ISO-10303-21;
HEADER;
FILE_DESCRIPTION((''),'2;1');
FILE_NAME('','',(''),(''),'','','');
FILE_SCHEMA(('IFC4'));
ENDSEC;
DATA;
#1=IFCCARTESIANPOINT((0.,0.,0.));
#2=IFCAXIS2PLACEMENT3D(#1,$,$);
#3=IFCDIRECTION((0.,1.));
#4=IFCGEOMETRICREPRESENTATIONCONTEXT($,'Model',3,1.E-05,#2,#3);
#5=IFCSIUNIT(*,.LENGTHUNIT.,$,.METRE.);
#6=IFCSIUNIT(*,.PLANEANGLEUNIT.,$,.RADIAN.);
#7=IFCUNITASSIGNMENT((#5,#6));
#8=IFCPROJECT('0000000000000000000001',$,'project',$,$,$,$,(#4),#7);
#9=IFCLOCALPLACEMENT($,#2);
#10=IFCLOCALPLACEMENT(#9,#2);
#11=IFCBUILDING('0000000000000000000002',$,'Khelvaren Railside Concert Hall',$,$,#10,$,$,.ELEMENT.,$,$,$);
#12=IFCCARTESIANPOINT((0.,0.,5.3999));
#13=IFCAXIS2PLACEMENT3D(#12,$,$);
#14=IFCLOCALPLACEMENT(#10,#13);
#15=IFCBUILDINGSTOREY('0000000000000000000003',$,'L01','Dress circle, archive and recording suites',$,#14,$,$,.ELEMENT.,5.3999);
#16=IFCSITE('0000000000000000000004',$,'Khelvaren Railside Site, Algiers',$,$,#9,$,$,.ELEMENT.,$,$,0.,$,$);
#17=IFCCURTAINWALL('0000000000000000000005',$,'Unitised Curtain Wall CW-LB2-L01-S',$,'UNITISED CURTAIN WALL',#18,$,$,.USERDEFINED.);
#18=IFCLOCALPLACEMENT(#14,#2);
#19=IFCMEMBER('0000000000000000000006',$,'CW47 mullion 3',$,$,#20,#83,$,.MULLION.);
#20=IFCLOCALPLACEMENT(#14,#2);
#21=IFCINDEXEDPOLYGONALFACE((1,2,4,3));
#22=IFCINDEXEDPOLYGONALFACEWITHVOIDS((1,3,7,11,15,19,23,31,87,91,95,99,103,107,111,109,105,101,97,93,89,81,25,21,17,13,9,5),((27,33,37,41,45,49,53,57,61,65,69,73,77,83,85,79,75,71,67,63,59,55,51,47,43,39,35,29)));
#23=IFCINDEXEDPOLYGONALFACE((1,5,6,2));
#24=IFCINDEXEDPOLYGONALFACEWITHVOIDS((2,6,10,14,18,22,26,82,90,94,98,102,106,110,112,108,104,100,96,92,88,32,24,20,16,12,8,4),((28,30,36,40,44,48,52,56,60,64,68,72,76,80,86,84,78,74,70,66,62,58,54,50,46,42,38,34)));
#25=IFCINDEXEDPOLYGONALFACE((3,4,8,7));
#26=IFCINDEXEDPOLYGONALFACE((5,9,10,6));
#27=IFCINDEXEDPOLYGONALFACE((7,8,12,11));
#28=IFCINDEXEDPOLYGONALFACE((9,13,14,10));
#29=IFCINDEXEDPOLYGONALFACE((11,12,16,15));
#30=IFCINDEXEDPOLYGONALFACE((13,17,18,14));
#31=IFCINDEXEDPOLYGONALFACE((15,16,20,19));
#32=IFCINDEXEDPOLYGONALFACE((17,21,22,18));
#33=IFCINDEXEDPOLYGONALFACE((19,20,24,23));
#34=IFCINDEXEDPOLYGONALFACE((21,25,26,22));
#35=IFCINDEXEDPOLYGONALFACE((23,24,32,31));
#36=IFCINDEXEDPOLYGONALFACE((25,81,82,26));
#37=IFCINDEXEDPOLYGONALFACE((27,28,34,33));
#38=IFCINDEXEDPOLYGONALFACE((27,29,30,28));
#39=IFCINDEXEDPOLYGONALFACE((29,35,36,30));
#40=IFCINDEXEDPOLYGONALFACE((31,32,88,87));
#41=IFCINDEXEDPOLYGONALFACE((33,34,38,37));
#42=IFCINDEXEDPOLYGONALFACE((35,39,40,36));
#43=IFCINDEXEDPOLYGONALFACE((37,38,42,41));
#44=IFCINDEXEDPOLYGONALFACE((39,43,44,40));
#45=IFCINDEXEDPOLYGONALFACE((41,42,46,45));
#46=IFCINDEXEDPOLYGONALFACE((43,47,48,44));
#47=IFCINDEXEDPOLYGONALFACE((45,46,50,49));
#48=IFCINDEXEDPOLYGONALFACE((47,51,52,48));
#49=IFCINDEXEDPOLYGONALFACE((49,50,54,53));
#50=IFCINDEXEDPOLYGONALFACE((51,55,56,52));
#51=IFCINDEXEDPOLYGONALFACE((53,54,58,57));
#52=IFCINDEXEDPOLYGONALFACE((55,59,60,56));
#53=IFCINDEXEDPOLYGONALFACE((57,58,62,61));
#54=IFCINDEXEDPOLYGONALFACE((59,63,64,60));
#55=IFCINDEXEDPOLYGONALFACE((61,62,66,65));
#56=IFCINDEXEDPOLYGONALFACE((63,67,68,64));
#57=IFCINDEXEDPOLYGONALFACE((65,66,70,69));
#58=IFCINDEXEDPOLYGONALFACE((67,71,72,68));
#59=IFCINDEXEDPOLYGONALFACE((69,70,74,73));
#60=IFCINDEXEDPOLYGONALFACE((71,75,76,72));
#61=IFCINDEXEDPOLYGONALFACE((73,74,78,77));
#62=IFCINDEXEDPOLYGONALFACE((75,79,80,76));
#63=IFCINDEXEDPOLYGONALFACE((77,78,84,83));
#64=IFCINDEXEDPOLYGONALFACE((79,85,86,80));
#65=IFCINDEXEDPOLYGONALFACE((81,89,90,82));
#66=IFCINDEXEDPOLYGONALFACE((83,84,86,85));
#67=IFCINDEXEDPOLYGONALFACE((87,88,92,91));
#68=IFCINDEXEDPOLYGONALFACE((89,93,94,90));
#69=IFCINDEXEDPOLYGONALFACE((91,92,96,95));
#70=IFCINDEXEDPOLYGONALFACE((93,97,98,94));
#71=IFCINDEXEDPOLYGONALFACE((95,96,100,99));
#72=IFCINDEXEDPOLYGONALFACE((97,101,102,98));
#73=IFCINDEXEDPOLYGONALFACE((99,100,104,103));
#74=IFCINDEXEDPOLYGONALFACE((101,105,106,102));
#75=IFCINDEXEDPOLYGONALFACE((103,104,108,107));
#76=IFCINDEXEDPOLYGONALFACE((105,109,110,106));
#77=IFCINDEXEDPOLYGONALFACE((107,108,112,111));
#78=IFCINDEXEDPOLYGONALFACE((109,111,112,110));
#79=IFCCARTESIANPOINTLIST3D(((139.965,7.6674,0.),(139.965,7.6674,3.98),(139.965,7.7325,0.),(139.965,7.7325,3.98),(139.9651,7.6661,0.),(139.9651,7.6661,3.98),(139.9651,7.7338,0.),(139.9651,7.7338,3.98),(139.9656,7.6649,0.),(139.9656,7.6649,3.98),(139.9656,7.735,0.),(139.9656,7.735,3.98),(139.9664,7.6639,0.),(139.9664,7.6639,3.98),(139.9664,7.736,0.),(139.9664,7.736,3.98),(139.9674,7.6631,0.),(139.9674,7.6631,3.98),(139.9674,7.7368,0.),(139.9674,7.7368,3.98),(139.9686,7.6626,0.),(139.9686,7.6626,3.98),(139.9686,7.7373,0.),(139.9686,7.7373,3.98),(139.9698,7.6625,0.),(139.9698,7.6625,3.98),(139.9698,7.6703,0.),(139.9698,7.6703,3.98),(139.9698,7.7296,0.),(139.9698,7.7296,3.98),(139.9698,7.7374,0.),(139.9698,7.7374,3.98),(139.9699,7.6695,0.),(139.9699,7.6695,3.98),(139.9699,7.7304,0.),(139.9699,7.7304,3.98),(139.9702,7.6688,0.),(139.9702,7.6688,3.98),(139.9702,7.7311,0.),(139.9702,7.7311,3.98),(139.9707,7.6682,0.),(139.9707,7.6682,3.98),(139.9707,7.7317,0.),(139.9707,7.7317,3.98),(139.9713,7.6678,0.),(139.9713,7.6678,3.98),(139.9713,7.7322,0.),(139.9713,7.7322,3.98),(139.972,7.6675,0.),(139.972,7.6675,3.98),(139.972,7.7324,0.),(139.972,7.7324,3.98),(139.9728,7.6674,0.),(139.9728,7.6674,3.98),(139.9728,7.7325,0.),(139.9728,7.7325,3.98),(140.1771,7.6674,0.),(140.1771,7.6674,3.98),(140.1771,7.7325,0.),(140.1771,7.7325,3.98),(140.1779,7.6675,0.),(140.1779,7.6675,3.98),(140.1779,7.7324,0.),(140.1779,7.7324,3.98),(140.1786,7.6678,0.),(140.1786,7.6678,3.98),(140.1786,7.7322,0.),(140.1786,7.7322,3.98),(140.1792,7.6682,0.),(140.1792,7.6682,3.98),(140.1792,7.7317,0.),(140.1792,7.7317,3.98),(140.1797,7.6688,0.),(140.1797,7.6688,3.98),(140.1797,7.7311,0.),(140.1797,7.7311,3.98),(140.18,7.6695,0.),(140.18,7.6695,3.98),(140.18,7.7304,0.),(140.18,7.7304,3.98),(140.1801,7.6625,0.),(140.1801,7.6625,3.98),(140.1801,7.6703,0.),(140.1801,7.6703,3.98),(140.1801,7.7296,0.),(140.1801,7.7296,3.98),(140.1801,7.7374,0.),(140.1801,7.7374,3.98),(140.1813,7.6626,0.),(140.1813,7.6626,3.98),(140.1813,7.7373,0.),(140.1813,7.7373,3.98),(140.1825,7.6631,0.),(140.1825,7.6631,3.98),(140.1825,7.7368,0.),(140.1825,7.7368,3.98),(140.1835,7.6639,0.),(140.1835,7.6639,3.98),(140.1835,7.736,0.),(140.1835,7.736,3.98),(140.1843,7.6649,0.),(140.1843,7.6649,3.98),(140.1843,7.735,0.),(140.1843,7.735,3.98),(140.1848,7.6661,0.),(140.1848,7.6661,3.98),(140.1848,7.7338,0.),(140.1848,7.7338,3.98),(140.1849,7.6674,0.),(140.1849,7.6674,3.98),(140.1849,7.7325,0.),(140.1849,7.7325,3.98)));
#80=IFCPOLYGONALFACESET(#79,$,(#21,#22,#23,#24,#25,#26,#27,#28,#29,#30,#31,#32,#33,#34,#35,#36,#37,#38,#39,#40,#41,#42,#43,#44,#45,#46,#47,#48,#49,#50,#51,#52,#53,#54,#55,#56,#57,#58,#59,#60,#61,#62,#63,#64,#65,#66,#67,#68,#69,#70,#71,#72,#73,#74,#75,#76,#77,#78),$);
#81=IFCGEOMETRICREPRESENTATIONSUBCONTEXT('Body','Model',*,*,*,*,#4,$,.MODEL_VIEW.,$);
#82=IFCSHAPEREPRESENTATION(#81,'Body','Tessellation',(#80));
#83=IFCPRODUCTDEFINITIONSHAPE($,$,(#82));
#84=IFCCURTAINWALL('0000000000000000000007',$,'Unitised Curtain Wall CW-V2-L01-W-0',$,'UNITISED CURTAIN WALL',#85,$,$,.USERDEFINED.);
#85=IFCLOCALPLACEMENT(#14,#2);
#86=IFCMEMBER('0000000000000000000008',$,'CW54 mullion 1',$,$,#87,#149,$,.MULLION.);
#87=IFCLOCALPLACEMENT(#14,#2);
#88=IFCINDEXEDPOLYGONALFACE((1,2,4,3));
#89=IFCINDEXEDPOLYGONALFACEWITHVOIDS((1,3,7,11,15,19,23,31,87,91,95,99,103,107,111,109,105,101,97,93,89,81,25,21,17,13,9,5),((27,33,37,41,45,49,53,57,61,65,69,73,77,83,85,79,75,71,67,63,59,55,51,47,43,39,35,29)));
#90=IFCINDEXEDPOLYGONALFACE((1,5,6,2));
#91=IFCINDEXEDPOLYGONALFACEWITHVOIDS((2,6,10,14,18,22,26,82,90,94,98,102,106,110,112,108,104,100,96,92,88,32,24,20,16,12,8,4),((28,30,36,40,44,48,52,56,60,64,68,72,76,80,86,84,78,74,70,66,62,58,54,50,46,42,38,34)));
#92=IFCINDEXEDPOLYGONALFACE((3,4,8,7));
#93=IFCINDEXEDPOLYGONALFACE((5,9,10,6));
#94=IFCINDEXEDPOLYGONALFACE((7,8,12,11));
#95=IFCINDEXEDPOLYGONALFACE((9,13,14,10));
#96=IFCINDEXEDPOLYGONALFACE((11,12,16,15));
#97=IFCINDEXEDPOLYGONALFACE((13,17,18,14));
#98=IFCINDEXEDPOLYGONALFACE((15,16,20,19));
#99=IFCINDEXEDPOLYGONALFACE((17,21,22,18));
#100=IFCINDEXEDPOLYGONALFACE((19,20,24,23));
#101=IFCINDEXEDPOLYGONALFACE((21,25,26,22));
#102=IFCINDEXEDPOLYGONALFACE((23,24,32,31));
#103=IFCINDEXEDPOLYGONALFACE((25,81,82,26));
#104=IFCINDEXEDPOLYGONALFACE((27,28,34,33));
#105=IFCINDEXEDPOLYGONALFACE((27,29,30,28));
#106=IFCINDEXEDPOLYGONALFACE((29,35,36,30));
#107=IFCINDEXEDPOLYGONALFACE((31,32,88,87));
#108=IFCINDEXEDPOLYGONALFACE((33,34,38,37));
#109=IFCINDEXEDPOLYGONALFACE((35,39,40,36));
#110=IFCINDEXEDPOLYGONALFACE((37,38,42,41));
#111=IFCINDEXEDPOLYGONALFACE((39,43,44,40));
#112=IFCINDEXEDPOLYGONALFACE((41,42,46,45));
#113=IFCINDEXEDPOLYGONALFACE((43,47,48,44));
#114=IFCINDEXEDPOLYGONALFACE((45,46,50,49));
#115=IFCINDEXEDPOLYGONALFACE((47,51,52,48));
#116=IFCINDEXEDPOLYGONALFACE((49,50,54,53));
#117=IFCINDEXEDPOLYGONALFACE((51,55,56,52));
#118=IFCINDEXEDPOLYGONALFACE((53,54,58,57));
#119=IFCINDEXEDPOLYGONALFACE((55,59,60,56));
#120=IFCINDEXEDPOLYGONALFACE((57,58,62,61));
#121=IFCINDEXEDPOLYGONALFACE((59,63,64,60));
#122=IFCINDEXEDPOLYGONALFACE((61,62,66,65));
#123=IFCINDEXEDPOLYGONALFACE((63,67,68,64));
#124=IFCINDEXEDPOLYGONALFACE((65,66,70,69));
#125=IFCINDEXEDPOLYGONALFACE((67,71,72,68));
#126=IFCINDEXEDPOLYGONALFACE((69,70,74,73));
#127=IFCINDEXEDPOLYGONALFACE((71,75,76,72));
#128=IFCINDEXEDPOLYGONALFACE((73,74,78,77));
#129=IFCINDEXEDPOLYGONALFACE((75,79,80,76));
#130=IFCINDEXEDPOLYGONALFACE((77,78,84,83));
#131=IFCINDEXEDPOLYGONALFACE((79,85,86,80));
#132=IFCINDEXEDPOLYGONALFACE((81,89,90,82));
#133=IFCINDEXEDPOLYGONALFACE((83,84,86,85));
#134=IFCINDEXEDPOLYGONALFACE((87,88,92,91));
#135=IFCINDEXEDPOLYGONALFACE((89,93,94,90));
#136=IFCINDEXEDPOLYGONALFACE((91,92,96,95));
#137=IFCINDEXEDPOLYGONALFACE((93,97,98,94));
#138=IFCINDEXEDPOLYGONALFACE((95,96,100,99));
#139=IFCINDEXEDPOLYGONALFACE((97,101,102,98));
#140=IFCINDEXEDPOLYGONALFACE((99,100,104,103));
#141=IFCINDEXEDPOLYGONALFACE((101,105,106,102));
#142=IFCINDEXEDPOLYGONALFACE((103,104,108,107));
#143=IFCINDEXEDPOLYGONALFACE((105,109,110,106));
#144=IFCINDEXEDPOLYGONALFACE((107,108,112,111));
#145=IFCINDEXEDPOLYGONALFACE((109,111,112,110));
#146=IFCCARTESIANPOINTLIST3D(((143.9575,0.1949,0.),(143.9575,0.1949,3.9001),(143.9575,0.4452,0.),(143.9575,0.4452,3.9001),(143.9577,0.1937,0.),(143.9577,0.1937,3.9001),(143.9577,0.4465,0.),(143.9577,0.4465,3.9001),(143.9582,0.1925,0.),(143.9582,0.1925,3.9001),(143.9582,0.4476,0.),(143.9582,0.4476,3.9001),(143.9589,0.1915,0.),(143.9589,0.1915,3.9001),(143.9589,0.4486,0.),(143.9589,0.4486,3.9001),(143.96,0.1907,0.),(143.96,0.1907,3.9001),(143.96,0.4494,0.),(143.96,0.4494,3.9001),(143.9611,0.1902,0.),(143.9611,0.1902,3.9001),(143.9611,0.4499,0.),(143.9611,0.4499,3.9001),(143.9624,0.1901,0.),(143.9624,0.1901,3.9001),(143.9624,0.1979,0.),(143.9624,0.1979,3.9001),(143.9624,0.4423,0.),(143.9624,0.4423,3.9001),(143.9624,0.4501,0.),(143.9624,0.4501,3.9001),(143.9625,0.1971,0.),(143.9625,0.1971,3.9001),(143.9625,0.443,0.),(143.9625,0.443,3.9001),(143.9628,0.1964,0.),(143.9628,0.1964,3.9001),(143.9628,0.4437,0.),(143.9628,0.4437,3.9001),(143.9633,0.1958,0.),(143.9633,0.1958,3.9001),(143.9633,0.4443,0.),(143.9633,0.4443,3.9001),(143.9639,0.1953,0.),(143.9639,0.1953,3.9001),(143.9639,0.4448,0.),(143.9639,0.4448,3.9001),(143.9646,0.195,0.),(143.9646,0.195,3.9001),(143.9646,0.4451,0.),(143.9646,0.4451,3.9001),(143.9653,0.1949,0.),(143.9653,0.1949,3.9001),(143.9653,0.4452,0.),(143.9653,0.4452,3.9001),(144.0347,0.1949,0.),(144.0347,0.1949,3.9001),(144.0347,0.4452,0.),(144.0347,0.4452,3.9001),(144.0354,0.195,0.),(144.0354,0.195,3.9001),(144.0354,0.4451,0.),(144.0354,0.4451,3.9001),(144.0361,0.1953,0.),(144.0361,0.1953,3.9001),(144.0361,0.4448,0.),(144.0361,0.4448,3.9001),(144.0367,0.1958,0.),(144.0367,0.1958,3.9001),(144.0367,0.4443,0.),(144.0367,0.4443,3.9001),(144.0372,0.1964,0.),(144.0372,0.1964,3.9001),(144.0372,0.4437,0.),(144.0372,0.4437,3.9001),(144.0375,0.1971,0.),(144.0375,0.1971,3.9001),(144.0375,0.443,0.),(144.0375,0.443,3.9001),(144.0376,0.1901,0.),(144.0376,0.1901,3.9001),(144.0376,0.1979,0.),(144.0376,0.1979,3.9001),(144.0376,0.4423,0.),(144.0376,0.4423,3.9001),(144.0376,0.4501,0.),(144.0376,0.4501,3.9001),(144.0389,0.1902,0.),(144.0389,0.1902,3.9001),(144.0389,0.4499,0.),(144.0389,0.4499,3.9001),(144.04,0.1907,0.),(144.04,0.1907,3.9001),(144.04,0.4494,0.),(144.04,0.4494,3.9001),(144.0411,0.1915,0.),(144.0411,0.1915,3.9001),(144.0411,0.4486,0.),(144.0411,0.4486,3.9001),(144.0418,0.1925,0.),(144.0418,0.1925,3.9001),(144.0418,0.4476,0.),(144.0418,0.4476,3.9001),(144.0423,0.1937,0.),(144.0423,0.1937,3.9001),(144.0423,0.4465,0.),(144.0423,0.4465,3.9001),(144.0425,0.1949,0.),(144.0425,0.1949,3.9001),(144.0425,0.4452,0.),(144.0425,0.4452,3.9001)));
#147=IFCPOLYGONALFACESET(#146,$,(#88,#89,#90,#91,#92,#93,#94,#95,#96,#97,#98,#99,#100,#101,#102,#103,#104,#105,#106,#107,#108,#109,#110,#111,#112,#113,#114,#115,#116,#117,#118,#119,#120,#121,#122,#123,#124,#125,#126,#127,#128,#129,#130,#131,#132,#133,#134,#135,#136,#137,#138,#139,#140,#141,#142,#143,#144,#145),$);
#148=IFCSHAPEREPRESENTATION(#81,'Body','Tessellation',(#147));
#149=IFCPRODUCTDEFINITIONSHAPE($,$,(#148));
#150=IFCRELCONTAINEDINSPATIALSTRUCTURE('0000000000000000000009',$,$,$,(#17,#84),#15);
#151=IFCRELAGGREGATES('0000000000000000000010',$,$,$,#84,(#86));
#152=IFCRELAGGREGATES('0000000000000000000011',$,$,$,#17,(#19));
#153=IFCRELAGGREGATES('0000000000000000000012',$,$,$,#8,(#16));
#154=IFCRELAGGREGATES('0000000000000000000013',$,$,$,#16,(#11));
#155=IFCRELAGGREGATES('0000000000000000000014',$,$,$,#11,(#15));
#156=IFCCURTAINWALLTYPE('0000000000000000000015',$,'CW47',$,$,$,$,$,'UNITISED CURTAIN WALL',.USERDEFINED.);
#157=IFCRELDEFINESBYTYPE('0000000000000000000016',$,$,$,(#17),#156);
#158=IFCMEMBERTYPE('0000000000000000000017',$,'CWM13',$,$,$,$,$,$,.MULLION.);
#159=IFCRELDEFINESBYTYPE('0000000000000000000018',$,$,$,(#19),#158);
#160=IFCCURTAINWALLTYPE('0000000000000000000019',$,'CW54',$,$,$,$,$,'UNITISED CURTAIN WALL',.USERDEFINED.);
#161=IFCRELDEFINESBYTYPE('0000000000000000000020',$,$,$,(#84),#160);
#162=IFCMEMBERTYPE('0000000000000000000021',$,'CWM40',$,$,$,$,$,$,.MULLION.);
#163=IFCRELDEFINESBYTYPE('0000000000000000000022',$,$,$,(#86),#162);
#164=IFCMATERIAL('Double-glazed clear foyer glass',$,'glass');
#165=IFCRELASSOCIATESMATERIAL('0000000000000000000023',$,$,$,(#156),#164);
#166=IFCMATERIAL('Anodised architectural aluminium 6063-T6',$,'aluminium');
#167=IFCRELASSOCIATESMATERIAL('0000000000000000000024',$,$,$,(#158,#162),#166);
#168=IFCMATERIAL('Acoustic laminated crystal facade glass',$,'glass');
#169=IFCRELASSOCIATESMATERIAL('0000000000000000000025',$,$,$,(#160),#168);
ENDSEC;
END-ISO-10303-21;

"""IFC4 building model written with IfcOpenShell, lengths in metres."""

from ifc_helpers import new_model, si_unit, direction, frame, origin, origin_2d, place, context, subcontext, project, spatial, hollow_rectangle, extrude, material, material_profile, profile_set, type_object, element, aggregate, save


model = new_model("IFC4")

# Units and contexts
model_context = context("Model", 3, precision=1e-05, world=origin(), true_north=direction((0.0, 1.0)))
body_context = subcontext(model_context, "Body", "Model", "MODEL_VIEW")
ifc_project = project(units=[si_unit("LENGTHUNIT", "METRE"), si_unit("PLANEANGLEUNIT", "RADIAN")], contexts=[model_context])

# Site, building, storey
site_placement = place(None, origin())
site = spatial("IfcSite", under=ifc_project, at=site_placement, Name="Khelvaren Railside Site, Algiers", CompositionType="ELEMENT", RefElevation=0.0)
building_placement = place(site_placement, origin())
building = spatial("IfcBuilding", under=site, at=building_placement, Name="Khelvaren Railside Concert Hall", CompositionType="ELEMENT")
storey_placement = place(building_placement, frame((0.0, 0.0, 5.3999)))
storey = spatial("IfcBuildingStorey", under=building, at=storey_placement, Name="L01", Description="Dress circle, archive and recording suites", CompositionType="ELEMENT", Elevation=5.3999)

# Curtain walls, members
ifc_material_1 = material(Name="Double-glazed clear foyer glass", Category="glass")
curtain_wall_type_1 = type_object("IfcCurtainWallType", Name="CW47", ElementType="UNITISED CURTAIN WALL", PredefinedType="USERDEFINED", material=ifc_material_1)
curtain_wall_1_placement = place(storey_placement, origin())
curtain_wall_1 = element("IfcCurtainWall", 1, at=curtain_wall_1_placement, inside=storey, type_object=curtain_wall_type_1, Name="Unitised Curtain Wall CW-LB2-L01-S", ObjectType="UNITISED CURTAIN WALL", PredefinedType="USERDEFINED")
ifc_material_2 = material(Name="Anodised architectural aluminium 6063-T6", Category="aluminium")
ifc_material_profile_1 = material_profile(ifc_material_2, hollow_rectangle(XDim=0.075, YDim=0.22, WallThickness=0.0049, InnerFilletRadius=0.0029, OuterFilletRadius=0.0049, at=origin_2d()), Name="CWM 75x220x5")
ifc_profile_set_1 = profile_set([ifc_material_profile_1], Name="Anodised architectural aluminium 6063-T6")
member_type_1 = type_object("IfcMemberType", Name="CWM13", PredefinedType="MULLION", material=ifc_profile_set_1)
member_1_placement = place(storey_placement, frame((140.075, 7.7, 0.0), z_axis=(0.0, 0.0, 1.0), x_axis=(0.0, -1.0, 0.0)))
member_1 = element("IfcMember", 2, at=member_1_placement, type_object=member_type_1, Name="CW47 mullion 3", PredefinedType="MULLION", context=body_context, shape_type="SweptSolid", body=[
    extrude(hollow_rectangle(XDim=0.075, YDim=0.22, WallThickness=0.0049, InnerFilletRadius=0.0029, OuterFilletRadius=0.0049, at=origin_2d()), origin(), (0.0, 0.0, 1.0), 3.98),
])
ifc_material_3 = material(Name="Acoustic laminated crystal facade glass", Category="glass")
curtain_wall_type_2 = type_object("IfcCurtainWallType", Name="CW54", ElementType="UNITISED CURTAIN WALL", PredefinedType="USERDEFINED", material=ifc_material_3)
curtain_wall_2_placement = place(storey_placement, origin())
curtain_wall_2 = element("IfcCurtainWall", 3, at=curtain_wall_2_placement, inside=storey, type_object=curtain_wall_type_2, Name="Unitised Curtain Wall CW-V2-L01-W-0", ObjectType="UNITISED CURTAIN WALL", PredefinedType="USERDEFINED")
ifc_material_profile_2 = material_profile(ifc_material_2, hollow_rectangle(XDim=0.085, YDim=0.26, WallThickness=0.0049, InnerFilletRadius=0.0029, OuterFilletRadius=0.0049, at=origin_2d()), Name="CWM 85x260x5")
ifc_profile_set_2 = profile_set([ifc_material_profile_2], Name="Anodised architectural aluminium 6063-T6")
member_type_2 = type_object("IfcMemberType", Name="CWM40", PredefinedType="MULLION", material=ifc_profile_set_2)
member_2_placement = place(storey_placement, frame((144.0, 0.3201, 0.0), z_axis=(0.0, 0.0, 1.0), x_axis=(-1.0, 0.0, 0.0)))
member_2 = element("IfcMember", 4, at=member_2_placement, type_object=member_type_2, Name="CW54 mullion 1", PredefinedType="MULLION", context=body_context, shape_type="SweptSolid", body=[
    extrude(hollow_rectangle(XDim=0.085, YDim=0.26, WallThickness=0.0049, InnerFilletRadius=0.0029, OuterFilletRadius=0.0049, at=origin_2d()), origin(), (0.0, 0.0, 1.0), 3.9001),
])
aggregate(curtain_wall_2, [member_2])

aggregate(curtain_wall_1, [member_1])

save(model, "model.ifc")
